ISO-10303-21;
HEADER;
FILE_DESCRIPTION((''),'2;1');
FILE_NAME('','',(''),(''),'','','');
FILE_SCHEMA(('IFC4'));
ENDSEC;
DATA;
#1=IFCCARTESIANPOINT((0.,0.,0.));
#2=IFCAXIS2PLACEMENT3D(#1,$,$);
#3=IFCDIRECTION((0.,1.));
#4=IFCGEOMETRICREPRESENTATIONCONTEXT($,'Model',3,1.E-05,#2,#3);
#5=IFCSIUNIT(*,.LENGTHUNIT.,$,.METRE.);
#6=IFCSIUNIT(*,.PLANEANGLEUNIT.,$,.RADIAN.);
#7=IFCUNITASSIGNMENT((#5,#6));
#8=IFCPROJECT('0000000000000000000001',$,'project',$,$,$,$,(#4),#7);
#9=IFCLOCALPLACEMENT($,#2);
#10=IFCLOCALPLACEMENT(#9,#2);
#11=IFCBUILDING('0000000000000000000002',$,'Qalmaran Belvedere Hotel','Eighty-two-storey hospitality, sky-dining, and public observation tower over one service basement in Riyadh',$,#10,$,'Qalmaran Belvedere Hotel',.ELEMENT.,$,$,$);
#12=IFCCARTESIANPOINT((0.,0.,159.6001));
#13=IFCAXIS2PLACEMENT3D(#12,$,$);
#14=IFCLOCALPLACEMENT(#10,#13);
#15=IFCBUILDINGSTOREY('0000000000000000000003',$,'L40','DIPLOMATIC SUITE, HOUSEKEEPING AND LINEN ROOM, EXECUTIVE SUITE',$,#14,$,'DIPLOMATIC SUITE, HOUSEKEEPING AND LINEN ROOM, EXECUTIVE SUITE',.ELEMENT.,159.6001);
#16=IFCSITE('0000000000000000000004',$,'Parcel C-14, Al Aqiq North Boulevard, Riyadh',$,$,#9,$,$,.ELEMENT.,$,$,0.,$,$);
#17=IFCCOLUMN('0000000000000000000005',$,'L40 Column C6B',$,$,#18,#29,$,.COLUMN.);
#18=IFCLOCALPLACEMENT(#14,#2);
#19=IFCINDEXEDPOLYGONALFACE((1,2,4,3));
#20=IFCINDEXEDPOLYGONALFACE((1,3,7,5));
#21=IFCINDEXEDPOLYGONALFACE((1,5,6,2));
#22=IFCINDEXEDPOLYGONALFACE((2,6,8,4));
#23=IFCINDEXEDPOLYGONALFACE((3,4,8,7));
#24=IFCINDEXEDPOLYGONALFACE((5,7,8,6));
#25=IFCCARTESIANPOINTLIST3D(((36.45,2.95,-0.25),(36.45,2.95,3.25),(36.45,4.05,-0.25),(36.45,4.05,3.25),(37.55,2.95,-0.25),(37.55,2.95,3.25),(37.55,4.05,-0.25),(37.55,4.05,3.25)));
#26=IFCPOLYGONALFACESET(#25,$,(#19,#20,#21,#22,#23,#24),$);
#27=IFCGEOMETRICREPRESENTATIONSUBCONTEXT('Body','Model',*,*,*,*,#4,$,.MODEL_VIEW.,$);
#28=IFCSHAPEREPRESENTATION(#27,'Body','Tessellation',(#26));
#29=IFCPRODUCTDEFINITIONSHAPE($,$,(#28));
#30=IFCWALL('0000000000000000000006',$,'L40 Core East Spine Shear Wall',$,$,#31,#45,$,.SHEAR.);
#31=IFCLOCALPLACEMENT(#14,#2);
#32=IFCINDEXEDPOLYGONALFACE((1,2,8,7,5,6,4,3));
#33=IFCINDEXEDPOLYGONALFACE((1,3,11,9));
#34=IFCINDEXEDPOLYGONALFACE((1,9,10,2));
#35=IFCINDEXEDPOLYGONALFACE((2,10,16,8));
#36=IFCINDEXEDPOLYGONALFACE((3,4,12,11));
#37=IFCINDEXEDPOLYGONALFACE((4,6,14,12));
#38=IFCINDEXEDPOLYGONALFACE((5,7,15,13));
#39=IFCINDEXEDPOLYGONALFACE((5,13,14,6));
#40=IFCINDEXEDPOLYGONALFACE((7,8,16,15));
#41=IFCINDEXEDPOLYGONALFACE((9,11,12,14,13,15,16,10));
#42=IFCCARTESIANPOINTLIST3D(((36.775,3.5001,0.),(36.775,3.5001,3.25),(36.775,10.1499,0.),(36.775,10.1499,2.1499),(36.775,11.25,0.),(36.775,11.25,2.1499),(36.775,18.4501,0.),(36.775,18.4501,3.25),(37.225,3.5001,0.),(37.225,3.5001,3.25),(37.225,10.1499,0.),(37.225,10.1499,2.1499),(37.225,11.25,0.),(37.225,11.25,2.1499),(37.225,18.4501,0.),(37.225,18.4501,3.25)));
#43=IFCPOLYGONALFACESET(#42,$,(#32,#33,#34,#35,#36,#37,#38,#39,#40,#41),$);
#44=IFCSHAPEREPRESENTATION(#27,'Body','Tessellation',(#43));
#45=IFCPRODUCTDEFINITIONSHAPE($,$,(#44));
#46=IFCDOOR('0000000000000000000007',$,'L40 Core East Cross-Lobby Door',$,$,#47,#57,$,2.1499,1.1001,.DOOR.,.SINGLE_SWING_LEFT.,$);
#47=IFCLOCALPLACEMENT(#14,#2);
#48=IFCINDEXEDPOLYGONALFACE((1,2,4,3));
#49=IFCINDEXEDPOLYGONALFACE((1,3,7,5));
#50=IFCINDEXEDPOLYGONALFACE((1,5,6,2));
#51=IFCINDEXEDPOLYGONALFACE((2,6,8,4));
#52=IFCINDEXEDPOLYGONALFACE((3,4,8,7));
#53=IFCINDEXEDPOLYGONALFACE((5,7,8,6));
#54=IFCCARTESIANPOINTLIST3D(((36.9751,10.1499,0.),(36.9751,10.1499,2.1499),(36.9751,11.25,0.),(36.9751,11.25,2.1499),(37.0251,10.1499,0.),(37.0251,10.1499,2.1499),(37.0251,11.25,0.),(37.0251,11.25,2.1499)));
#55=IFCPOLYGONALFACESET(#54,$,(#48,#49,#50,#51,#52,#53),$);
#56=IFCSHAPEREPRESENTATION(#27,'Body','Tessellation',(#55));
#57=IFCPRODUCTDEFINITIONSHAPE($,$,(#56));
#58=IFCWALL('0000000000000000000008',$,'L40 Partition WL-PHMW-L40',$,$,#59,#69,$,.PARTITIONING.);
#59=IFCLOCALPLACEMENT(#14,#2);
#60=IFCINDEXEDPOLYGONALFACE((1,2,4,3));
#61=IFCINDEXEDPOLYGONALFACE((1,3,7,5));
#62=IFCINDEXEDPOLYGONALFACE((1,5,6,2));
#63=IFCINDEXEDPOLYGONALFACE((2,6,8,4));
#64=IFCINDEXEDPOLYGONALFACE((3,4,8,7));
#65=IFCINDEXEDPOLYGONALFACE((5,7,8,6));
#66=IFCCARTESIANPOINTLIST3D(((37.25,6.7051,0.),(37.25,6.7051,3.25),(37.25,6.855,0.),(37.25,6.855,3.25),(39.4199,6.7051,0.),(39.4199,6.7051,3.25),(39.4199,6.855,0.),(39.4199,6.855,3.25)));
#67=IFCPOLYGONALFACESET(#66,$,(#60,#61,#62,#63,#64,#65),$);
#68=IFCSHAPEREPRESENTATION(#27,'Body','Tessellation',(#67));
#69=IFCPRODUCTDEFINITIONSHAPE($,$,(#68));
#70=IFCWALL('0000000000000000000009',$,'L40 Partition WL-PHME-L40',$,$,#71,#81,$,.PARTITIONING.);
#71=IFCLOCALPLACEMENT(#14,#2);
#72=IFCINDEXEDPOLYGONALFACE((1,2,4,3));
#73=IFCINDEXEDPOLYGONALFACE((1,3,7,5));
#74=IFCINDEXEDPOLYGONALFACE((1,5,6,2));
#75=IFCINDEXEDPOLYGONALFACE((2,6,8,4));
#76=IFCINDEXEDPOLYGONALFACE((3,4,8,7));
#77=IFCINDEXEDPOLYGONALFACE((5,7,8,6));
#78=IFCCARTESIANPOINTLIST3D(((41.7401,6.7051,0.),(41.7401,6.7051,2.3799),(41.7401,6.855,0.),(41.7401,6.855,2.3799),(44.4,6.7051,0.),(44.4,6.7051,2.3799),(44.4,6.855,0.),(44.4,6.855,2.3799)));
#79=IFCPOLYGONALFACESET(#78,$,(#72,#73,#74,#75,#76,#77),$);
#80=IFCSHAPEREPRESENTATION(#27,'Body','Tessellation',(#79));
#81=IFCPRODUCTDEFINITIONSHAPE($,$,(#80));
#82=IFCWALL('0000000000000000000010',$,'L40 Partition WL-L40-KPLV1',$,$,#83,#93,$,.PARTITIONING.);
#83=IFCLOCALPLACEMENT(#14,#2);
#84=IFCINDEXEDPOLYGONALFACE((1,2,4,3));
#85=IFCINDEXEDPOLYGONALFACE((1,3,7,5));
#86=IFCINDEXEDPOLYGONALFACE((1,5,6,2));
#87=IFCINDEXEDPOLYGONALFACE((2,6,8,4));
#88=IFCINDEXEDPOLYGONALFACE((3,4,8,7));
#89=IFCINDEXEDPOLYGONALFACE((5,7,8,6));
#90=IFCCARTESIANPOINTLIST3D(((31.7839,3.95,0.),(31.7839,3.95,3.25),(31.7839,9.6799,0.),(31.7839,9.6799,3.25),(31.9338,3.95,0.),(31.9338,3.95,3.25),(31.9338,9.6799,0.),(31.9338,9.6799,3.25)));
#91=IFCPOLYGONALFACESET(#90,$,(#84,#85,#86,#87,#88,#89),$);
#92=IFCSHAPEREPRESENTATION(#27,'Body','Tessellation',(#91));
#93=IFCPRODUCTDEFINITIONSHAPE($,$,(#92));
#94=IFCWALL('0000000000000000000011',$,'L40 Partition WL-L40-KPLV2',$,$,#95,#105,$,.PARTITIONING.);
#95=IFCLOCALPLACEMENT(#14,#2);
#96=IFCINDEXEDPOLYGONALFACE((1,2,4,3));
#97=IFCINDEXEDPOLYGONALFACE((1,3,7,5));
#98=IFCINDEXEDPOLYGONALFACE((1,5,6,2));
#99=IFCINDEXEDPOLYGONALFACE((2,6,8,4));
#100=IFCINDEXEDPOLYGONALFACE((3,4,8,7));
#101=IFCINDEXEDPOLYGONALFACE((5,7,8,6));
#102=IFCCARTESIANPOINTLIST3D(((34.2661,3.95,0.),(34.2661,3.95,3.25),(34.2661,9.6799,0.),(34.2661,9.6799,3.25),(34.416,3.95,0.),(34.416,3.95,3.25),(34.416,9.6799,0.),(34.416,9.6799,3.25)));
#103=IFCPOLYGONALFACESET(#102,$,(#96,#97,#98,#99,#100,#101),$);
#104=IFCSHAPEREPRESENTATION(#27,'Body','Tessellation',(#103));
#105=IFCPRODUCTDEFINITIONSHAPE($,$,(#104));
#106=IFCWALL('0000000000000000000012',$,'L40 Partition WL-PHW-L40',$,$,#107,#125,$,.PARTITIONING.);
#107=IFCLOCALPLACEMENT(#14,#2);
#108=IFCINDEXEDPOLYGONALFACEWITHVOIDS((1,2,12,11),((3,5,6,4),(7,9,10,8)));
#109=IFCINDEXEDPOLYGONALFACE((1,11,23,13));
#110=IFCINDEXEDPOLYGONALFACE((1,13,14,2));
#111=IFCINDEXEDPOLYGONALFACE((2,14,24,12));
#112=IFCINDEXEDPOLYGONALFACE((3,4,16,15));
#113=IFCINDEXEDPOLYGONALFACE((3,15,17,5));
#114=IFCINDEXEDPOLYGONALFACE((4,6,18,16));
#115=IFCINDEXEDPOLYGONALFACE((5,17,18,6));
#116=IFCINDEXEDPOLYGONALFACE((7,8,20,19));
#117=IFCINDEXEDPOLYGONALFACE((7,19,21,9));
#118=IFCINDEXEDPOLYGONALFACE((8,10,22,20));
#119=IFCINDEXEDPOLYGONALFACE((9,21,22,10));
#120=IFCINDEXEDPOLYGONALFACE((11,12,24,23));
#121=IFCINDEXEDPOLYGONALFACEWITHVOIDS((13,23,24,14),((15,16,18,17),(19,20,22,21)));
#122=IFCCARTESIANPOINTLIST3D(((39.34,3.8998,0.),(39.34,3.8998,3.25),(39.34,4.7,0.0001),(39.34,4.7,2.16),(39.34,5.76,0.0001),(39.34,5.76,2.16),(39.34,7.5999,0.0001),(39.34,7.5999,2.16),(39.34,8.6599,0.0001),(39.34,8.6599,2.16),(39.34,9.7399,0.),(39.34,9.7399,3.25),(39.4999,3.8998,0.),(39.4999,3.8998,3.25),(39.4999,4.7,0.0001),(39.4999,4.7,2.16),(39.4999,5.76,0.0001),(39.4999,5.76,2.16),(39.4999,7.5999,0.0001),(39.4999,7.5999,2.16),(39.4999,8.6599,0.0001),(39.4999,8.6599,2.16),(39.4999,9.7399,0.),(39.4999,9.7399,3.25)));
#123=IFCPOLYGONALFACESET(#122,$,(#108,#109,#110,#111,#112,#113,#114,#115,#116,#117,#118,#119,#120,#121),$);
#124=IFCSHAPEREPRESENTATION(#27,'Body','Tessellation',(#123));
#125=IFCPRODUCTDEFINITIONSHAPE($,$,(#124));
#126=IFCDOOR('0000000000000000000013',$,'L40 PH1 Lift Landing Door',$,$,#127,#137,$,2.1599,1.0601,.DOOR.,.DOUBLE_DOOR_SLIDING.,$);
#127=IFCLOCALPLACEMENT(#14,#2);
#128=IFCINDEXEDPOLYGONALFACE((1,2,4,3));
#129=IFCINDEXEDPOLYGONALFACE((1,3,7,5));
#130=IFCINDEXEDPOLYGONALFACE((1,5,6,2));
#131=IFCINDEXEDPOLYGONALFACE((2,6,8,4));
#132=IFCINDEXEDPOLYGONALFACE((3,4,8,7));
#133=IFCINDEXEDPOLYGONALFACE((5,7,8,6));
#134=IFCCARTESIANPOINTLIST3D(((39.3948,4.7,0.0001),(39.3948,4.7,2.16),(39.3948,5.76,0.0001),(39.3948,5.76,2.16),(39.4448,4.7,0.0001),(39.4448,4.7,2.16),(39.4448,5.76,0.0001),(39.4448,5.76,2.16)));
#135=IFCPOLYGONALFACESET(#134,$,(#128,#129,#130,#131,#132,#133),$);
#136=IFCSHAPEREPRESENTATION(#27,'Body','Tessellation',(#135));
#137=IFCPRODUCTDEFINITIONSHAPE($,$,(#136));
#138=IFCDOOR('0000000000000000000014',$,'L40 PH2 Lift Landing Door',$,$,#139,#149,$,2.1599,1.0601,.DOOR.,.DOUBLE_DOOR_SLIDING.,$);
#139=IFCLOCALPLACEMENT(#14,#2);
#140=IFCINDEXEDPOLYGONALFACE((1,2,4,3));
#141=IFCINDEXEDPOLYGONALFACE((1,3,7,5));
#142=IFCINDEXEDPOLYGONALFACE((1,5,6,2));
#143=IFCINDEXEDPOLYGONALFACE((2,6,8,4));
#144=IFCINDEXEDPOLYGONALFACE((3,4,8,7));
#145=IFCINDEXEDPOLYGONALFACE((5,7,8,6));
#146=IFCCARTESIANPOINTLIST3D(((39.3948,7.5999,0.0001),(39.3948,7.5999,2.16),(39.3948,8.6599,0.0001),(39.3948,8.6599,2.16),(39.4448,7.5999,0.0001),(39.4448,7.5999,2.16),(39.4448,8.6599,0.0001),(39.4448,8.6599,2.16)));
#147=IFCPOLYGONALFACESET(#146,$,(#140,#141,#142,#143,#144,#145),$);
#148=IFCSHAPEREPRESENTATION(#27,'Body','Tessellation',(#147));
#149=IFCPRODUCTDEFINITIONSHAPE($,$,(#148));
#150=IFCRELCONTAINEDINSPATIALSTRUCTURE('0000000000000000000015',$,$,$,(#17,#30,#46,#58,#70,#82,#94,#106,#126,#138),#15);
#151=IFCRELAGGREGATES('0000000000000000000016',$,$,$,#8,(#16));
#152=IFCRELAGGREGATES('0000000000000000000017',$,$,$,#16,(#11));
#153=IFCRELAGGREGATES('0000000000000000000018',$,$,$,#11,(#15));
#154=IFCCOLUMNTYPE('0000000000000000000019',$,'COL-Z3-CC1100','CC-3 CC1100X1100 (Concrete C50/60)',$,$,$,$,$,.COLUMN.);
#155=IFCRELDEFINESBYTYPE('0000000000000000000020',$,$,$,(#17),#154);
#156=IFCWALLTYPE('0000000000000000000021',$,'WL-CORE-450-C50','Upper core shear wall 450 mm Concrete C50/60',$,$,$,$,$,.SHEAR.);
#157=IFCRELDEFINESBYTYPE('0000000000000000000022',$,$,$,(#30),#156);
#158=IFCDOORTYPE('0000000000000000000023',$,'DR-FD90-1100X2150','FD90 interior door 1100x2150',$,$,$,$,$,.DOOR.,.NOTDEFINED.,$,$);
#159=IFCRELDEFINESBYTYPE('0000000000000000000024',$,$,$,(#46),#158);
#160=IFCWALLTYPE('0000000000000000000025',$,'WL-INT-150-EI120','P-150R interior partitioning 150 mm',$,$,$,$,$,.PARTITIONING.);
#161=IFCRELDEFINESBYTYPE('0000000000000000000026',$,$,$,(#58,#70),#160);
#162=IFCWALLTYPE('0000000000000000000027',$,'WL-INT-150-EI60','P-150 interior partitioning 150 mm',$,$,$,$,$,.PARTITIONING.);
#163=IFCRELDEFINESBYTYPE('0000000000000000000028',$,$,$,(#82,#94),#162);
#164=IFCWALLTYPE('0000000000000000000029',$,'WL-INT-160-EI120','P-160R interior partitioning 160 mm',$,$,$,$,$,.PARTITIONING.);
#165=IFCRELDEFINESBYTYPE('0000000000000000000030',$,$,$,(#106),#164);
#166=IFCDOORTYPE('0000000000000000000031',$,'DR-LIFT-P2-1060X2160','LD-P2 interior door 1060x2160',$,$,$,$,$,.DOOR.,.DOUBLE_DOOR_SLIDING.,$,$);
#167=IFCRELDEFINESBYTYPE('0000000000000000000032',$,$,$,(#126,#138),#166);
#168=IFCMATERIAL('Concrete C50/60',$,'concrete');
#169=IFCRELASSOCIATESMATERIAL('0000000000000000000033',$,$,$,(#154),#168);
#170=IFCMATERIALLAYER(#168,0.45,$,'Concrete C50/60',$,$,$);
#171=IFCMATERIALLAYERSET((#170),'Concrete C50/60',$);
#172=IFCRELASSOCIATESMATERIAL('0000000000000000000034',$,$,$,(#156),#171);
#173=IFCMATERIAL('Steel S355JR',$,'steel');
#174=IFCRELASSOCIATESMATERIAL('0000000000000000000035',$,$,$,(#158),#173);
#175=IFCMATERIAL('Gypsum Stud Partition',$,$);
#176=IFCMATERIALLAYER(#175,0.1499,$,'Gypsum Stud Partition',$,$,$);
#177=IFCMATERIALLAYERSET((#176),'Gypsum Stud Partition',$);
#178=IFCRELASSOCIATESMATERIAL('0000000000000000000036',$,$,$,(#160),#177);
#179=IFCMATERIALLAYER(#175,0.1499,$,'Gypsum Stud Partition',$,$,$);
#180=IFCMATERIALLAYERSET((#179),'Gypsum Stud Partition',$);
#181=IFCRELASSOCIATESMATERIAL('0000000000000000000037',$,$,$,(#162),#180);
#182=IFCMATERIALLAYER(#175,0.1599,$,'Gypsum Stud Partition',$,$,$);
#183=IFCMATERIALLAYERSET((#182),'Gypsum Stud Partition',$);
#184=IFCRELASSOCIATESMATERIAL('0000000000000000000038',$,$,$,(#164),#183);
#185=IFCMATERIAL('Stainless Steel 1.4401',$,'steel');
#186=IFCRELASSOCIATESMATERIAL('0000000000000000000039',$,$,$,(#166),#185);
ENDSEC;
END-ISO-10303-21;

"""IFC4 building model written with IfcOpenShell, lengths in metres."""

from ifc_helpers import new_model, si_unit, direction, frame, frame_2d, origin, origin_2d, place, context, subcontext, project, spatial, rectangle, extrude, material, layer, layer_set, material_profile, profile_set, type_object, element, fill, save


model = new_model("IFC4")

# Units and contexts
model_context = context("Model", 3, precision=1e-05, world=origin(), true_north=direction((0.0, 1.0)))
body_context = subcontext(model_context, "Body", "Model", "MODEL_VIEW")
ifc_project = project(units=[si_unit("LENGTHUNIT", "METRE"), si_unit("PLANEANGLEUNIT", "RADIAN")], contexts=[model_context])

# Site, building, storey
site_placement = place(None, origin())
site = spatial("IfcSite", under=ifc_project, at=site_placement, Name="Parcel C-14, Al Aqiq North Boulevard, Riyadh", CompositionType="ELEMENT", RefElevation=0.0)
building_placement = place(site_placement, origin())
building = spatial("IfcBuilding", under=site, at=building_placement, Name="Qalmaran Belvedere Hotel", Description="Eighty-two-storey hospitality, sky-dining, and public observation tower over one service basement in Riyadh", LongName="Qalmaran Belvedere Hotel", CompositionType="ELEMENT")
storey_placement = place(building_placement, frame((0.0, 0.0, 159.6001)))
storey = spatial("IfcBuildingStorey", under=building, at=storey_placement, Name="L40", Description="DIPLOMATIC SUITE, HOUSEKEEPING AND LINEN ROOM, EXECUTIVE SUITE", LongName="DIPLOMATIC SUITE, HOUSEKEEPING AND LINEN ROOM, EXECUTIVE SUITE", CompositionType="ELEMENT", Elevation=159.6001)

# Column
ifc_material_1 = material(Name="Concrete C50/60", Category="concrete")
ifc_material_profile = material_profile(ifc_material_1, rectangle(XDim=1.1001, YDim=1.1001, at=origin_2d()), Name="CC1100X1100")
ifc_profile_set = profile_set([ifc_material_profile], Name="Concrete C50/60")
column_type = type_object("IfcColumnType", Name="COL-Z3-CC1100", Description="CC-3 CC1100X1100 (Concrete C50/60)", PredefinedType="COLUMN", material=ifc_profile_set)
column_placement = place(storey_placement, frame((37.0, 3.5, -0.25), z_axis=(0.0, 0.0, 1.0), x_axis=(1.0, 0.0, 0.0)))
element("IfcColumn", 1, at=column_placement, inside=storey, type_object=column_type, Name="L40 Column C6B", PredefinedType="COLUMN", context=body_context, shape_type="SweptSolid", body=[
    extrude(rectangle(XDim=1.1001, YDim=1.1001, at=origin_2d()), origin(), (0.0, 0.0, 1.0), 3.5),
])

# Wall, opening, door
ifc_layer_1 = layer(ifc_material_1, 0.45, Name="Concrete C50/60")
ifc_layer_set_1 = layer_set([ifc_layer_1], Name="Concrete C50/60")
wall_type_1 = type_object("IfcWallType", Name="WL-CORE-450-C50", Description="Upper core shear wall 450 mm Concrete C50/60", PredefinedType="SHEAR", material=ifc_layer_set_1)
wall_1_placement = place(storey_placement, frame((37.0, 3.5, 0.0), z_axis=(0.0, 0.0, 1.0), x_axis=(0.0, 1.0, 0.0)))
wall_1 = element("IfcWall", 2, at=wall_1_placement, inside=storey, type_object=wall_type_1, Name="L40 Core East Spine Shear Wall", PredefinedType="SHEAR", context=body_context, shape_type="SweptSolid", body=[
    extrude(rectangle(XDim=14.95, YDim=0.45, at=frame_2d((7.4751, 0.0))), origin(), (0.0, 0.0, 1.0), 3.25),
])
opening_1_placement = place(wall_1_placement, frame((6.6499, 0.0, 0.0)))
opening_1 = element("IfcOpeningElement", 3, at=opening_1_placement, cuts=wall_1, PredefinedType="OPENING", context=body_context, shape_type="SweptSolid", body=[
    extrude(rectangle(XDim=1.1001, YDim=2.1499, at=frame_2d((0.55, 1.075))), frame((0.0, 0.2349, 0.0), z_axis=(0.0, -1.0, 0.0), x_axis=(1.0, 0.0, 0.0)), (0.0, 0.0, 1.0), 0.47),
])
ifc_material_2 = material(Name="Steel S355JR", Category="steel")
door_type_1 = type_object("IfcDoorType", Name="DR-FD90-1100X2150", Description="FD90 interior door 1100x2150", OperationType="NOTDEFINED", PredefinedType="DOOR", material=ifc_material_2)
door_1_placement = place(opening_1_placement, origin())
door_1 = element("IfcDoor", 4, at=door_1_placement, inside=storey, type_object=door_type_1, Name="L40 Core East Cross-Lobby Door", OperationType="SINGLE_SWING_LEFT", OverallHeight=2.1499, OverallWidth=1.1001, PredefinedType="DOOR", context=body_context, shape_type="SweptSolid", body=[
    extrude(rectangle(XDim=1.1001, YDim=2.1499, at=frame_2d((0.55, 1.075))), frame((0.0, 0.0249, 0.0), z_axis=(0.0, -1.0, 0.0), x_axis=(1.0, 0.0, 0.0)), (0.0, 0.0, 1.0), 0.05),
])
fill(opening_1, door_1)

# Walls
ifc_material_3 = material(Name="Gypsum Stud Partition")
ifc_layer_2 = layer(ifc_material_3, 0.1499, Name="Gypsum Stud Partition")
ifc_layer_set_2 = layer_set([ifc_layer_2], Name="Gypsum Stud Partition")
wall_type_2 = type_object("IfcWallType", Name="WL-INT-150-EI120", Description="P-150R interior partitioning 150 mm", PredefinedType="PARTITIONING", material=ifc_layer_set_2)
wall_2_placement = place(storey_placement, frame((37.25, 6.78, 0.0), z_axis=(0.0, 0.0, 1.0), x_axis=(1.0, 0.0, 0.0)))
element("IfcWall", 5, at=wall_2_placement, inside=storey, type_object=wall_type_2, Name="L40 Partition WL-PHMW-L40", PredefinedType="PARTITIONING", context=body_context, shape_type="SweptSolid", body=[
    extrude(rectangle(XDim=2.1699, YDim=0.1499, at=frame_2d((1.085, 0.0))), origin(), (0.0, 0.0, 1.0), 3.25),
])
wall_3_placement = place(storey_placement, frame((41.74, 6.78, 0.0), z_axis=(0.0, 0.0, 1.0), x_axis=(1.0, 0.0, 0.0)))
element("IfcWall", 6, at=wall_3_placement, inside=storey, type_object=wall_type_2, Name="L40 Partition WL-PHME-L40", PredefinedType="PARTITIONING", context=body_context, shape_type="SweptSolid", body=[
    extrude(rectangle(XDim=2.6599, YDim=0.1499, at=frame_2d((1.3301, 0.0))), origin(), (0.0, 0.0, 1.0), 2.3799),
])
ifc_layer_3 = layer(ifc_material_3, 0.1499, Name="Gypsum Stud Partition")
ifc_layer_set_3 = layer_set([ifc_layer_3], Name="Gypsum Stud Partition")
wall_type_3 = type_object("IfcWallType", Name="WL-INT-150-EI60", Description="P-150 interior partitioning 150 mm", PredefinedType="PARTITIONING", material=ifc_layer_set_3)
for number, where, z_axis, x_axis, name in (
    (7, (31.8589, 3.95, 0.0), (0.0, 0.0, 1.0), (0.0, 1.0, 0.0), "L40 Partition WL-L40-KPLV1"),
    (8, (34.3411, 3.95, 0.0), (0.0, 0.0, 1.0), (0.0, 1.0, 0.0), "L40 Partition WL-L40-KPLV2"),
):
    element("IfcWall", number, at=place(storey_placement, frame(where, z_axis=z_axis, x_axis=x_axis)), inside=storey, type_object=wall_type_3, Name=name, PredefinedType="PARTITIONING", context=body_context, shape_type="SweptSolid", body=[
        extrude(rectangle(XDim=5.73, YDim=0.1499, at=frame_2d((2.865, 0.0))), origin(), (0.0, 0.0, 1.0), 3.25),
    ])

# Wall, openings, doors
ifc_layer_4 = layer(ifc_material_3, 0.1599, Name="Gypsum Stud Partition")
ifc_layer_set_4 = layer_set([ifc_layer_4], Name="Gypsum Stud Partition")
wall_type_4 = type_object("IfcWallType", Name="WL-INT-160-EI120", Description="P-160R interior partitioning 160 mm", PredefinedType="PARTITIONING", material=ifc_layer_set_4)
wall_4_placement = place(storey_placement, frame((39.4199, 3.8999, 0.0), z_axis=(0.0, 0.0, 1.0), x_axis=(0.0, 1.0, 0.0)))
wall_4 = element("IfcWall", 9, at=wall_4_placement, inside=storey, type_object=wall_type_4, Name="L40 Partition WL-PHW-L40", PredefinedType="PARTITIONING", context=body_context, shape_type="SweptSolid", body=[
    extrude(rectangle(XDim=5.8401, YDim=0.1599, at=frame_2d((2.9199, 0.0))), origin(), (0.0, 0.0, 1.0), 3.25),
])
opening_2_placement = place(wall_4_placement, frame((1.8601, 0.0, 0.0), z_axis=(0.0, 0.0, 1.0), x_axis=(-1.0, 0.0, 0.0)))
opening_2 = element("IfcOpeningElement", 10, at=opening_2_placement, cuts=wall_4, PredefinedType="OPENING", context=body_context, shape_type="SweptSolid", body=[
    extrude(rectangle(XDim=1.0601, YDim=2.1599, at=frame_2d((0.53, 1.0801))), frame((0.0, 0.0898, 0.0), z_axis=(0.0, -1.0, 0.0), x_axis=(1.0, 0.0, 0.0)), (0.0, 0.0, 1.0), 0.1799),
])
opening_3_placement = place(wall_4_placement, frame((4.76, 0.0, 0.0), z_axis=(0.0, 0.0, 1.0), x_axis=(-1.0, 0.0, 0.0)))
opening_3 = element("IfcOpeningElement", 11, at=opening_3_placement, cuts=wall_4, PredefinedType="OPENING", context=body_context, shape_type="SweptSolid", body=[
    extrude(rectangle(XDim=1.0601, YDim=2.1599, at=frame_2d((0.53, 1.0801))), frame((0.0, 0.0898, 0.0), z_axis=(0.0, -1.0, 0.0), x_axis=(1.0, 0.0, 0.0)), (0.0, 0.0, 1.0), 0.1799),
])
ifc_material_4 = material(Name="Stainless Steel 1.4401", Category="steel")
door_type_2 = type_object("IfcDoorType", Name="DR-LIFT-P2-1060X2160", Description="LD-P2 interior door 1060x2160", OperationType="DOUBLE_DOOR_SLIDING", PredefinedType="DOOR", material=ifc_material_4)
door_2_placement = place(opening_2_placement, origin())
door_2 = element("IfcDoor", 12, at=door_2_placement, inside=storey, type_object=door_type_2, Name="L40 PH1 Lift Landing Door", OperationType="DOUBLE_DOOR_SLIDING", OverallHeight=2.1599, OverallWidth=1.0601, PredefinedType="DOOR", context=body_context, shape_type="SweptSolid", body=[
    extrude(rectangle(XDim=1.0601, YDim=2.1599, at=frame_2d((0.53, 1.0801))), frame((0.0, 0.0249, 0.0), z_axis=(0.0, -1.0, 0.0), x_axis=(1.0, 0.0, 0.0)), (0.0, 0.0, 1.0), 0.05),
])
fill(opening_2, door_2)
door_3_placement = place(opening_3_placement, origin())
door_3 = element("IfcDoor", 13, at=door_3_placement, inside=storey, type_object=door_type_2, Name="L40 PH2 Lift Landing Door", OperationType="DOUBLE_DOOR_SLIDING", OverallHeight=2.1599, OverallWidth=1.0601, PredefinedType="DOOR", context=body_context, shape_type="SweptSolid", body=[
    extrude(rectangle(XDim=1.0601, YDim=2.1599, at=frame_2d((0.53, 1.0801))), frame((0.0, 0.0249, 0.0), z_axis=(0.0, -1.0, 0.0), x_axis=(1.0, 0.0, 0.0)), (0.0, 0.0, 1.0), 0.05),
])
fill(opening_3, door_3)

save(model, "model.ifc")
